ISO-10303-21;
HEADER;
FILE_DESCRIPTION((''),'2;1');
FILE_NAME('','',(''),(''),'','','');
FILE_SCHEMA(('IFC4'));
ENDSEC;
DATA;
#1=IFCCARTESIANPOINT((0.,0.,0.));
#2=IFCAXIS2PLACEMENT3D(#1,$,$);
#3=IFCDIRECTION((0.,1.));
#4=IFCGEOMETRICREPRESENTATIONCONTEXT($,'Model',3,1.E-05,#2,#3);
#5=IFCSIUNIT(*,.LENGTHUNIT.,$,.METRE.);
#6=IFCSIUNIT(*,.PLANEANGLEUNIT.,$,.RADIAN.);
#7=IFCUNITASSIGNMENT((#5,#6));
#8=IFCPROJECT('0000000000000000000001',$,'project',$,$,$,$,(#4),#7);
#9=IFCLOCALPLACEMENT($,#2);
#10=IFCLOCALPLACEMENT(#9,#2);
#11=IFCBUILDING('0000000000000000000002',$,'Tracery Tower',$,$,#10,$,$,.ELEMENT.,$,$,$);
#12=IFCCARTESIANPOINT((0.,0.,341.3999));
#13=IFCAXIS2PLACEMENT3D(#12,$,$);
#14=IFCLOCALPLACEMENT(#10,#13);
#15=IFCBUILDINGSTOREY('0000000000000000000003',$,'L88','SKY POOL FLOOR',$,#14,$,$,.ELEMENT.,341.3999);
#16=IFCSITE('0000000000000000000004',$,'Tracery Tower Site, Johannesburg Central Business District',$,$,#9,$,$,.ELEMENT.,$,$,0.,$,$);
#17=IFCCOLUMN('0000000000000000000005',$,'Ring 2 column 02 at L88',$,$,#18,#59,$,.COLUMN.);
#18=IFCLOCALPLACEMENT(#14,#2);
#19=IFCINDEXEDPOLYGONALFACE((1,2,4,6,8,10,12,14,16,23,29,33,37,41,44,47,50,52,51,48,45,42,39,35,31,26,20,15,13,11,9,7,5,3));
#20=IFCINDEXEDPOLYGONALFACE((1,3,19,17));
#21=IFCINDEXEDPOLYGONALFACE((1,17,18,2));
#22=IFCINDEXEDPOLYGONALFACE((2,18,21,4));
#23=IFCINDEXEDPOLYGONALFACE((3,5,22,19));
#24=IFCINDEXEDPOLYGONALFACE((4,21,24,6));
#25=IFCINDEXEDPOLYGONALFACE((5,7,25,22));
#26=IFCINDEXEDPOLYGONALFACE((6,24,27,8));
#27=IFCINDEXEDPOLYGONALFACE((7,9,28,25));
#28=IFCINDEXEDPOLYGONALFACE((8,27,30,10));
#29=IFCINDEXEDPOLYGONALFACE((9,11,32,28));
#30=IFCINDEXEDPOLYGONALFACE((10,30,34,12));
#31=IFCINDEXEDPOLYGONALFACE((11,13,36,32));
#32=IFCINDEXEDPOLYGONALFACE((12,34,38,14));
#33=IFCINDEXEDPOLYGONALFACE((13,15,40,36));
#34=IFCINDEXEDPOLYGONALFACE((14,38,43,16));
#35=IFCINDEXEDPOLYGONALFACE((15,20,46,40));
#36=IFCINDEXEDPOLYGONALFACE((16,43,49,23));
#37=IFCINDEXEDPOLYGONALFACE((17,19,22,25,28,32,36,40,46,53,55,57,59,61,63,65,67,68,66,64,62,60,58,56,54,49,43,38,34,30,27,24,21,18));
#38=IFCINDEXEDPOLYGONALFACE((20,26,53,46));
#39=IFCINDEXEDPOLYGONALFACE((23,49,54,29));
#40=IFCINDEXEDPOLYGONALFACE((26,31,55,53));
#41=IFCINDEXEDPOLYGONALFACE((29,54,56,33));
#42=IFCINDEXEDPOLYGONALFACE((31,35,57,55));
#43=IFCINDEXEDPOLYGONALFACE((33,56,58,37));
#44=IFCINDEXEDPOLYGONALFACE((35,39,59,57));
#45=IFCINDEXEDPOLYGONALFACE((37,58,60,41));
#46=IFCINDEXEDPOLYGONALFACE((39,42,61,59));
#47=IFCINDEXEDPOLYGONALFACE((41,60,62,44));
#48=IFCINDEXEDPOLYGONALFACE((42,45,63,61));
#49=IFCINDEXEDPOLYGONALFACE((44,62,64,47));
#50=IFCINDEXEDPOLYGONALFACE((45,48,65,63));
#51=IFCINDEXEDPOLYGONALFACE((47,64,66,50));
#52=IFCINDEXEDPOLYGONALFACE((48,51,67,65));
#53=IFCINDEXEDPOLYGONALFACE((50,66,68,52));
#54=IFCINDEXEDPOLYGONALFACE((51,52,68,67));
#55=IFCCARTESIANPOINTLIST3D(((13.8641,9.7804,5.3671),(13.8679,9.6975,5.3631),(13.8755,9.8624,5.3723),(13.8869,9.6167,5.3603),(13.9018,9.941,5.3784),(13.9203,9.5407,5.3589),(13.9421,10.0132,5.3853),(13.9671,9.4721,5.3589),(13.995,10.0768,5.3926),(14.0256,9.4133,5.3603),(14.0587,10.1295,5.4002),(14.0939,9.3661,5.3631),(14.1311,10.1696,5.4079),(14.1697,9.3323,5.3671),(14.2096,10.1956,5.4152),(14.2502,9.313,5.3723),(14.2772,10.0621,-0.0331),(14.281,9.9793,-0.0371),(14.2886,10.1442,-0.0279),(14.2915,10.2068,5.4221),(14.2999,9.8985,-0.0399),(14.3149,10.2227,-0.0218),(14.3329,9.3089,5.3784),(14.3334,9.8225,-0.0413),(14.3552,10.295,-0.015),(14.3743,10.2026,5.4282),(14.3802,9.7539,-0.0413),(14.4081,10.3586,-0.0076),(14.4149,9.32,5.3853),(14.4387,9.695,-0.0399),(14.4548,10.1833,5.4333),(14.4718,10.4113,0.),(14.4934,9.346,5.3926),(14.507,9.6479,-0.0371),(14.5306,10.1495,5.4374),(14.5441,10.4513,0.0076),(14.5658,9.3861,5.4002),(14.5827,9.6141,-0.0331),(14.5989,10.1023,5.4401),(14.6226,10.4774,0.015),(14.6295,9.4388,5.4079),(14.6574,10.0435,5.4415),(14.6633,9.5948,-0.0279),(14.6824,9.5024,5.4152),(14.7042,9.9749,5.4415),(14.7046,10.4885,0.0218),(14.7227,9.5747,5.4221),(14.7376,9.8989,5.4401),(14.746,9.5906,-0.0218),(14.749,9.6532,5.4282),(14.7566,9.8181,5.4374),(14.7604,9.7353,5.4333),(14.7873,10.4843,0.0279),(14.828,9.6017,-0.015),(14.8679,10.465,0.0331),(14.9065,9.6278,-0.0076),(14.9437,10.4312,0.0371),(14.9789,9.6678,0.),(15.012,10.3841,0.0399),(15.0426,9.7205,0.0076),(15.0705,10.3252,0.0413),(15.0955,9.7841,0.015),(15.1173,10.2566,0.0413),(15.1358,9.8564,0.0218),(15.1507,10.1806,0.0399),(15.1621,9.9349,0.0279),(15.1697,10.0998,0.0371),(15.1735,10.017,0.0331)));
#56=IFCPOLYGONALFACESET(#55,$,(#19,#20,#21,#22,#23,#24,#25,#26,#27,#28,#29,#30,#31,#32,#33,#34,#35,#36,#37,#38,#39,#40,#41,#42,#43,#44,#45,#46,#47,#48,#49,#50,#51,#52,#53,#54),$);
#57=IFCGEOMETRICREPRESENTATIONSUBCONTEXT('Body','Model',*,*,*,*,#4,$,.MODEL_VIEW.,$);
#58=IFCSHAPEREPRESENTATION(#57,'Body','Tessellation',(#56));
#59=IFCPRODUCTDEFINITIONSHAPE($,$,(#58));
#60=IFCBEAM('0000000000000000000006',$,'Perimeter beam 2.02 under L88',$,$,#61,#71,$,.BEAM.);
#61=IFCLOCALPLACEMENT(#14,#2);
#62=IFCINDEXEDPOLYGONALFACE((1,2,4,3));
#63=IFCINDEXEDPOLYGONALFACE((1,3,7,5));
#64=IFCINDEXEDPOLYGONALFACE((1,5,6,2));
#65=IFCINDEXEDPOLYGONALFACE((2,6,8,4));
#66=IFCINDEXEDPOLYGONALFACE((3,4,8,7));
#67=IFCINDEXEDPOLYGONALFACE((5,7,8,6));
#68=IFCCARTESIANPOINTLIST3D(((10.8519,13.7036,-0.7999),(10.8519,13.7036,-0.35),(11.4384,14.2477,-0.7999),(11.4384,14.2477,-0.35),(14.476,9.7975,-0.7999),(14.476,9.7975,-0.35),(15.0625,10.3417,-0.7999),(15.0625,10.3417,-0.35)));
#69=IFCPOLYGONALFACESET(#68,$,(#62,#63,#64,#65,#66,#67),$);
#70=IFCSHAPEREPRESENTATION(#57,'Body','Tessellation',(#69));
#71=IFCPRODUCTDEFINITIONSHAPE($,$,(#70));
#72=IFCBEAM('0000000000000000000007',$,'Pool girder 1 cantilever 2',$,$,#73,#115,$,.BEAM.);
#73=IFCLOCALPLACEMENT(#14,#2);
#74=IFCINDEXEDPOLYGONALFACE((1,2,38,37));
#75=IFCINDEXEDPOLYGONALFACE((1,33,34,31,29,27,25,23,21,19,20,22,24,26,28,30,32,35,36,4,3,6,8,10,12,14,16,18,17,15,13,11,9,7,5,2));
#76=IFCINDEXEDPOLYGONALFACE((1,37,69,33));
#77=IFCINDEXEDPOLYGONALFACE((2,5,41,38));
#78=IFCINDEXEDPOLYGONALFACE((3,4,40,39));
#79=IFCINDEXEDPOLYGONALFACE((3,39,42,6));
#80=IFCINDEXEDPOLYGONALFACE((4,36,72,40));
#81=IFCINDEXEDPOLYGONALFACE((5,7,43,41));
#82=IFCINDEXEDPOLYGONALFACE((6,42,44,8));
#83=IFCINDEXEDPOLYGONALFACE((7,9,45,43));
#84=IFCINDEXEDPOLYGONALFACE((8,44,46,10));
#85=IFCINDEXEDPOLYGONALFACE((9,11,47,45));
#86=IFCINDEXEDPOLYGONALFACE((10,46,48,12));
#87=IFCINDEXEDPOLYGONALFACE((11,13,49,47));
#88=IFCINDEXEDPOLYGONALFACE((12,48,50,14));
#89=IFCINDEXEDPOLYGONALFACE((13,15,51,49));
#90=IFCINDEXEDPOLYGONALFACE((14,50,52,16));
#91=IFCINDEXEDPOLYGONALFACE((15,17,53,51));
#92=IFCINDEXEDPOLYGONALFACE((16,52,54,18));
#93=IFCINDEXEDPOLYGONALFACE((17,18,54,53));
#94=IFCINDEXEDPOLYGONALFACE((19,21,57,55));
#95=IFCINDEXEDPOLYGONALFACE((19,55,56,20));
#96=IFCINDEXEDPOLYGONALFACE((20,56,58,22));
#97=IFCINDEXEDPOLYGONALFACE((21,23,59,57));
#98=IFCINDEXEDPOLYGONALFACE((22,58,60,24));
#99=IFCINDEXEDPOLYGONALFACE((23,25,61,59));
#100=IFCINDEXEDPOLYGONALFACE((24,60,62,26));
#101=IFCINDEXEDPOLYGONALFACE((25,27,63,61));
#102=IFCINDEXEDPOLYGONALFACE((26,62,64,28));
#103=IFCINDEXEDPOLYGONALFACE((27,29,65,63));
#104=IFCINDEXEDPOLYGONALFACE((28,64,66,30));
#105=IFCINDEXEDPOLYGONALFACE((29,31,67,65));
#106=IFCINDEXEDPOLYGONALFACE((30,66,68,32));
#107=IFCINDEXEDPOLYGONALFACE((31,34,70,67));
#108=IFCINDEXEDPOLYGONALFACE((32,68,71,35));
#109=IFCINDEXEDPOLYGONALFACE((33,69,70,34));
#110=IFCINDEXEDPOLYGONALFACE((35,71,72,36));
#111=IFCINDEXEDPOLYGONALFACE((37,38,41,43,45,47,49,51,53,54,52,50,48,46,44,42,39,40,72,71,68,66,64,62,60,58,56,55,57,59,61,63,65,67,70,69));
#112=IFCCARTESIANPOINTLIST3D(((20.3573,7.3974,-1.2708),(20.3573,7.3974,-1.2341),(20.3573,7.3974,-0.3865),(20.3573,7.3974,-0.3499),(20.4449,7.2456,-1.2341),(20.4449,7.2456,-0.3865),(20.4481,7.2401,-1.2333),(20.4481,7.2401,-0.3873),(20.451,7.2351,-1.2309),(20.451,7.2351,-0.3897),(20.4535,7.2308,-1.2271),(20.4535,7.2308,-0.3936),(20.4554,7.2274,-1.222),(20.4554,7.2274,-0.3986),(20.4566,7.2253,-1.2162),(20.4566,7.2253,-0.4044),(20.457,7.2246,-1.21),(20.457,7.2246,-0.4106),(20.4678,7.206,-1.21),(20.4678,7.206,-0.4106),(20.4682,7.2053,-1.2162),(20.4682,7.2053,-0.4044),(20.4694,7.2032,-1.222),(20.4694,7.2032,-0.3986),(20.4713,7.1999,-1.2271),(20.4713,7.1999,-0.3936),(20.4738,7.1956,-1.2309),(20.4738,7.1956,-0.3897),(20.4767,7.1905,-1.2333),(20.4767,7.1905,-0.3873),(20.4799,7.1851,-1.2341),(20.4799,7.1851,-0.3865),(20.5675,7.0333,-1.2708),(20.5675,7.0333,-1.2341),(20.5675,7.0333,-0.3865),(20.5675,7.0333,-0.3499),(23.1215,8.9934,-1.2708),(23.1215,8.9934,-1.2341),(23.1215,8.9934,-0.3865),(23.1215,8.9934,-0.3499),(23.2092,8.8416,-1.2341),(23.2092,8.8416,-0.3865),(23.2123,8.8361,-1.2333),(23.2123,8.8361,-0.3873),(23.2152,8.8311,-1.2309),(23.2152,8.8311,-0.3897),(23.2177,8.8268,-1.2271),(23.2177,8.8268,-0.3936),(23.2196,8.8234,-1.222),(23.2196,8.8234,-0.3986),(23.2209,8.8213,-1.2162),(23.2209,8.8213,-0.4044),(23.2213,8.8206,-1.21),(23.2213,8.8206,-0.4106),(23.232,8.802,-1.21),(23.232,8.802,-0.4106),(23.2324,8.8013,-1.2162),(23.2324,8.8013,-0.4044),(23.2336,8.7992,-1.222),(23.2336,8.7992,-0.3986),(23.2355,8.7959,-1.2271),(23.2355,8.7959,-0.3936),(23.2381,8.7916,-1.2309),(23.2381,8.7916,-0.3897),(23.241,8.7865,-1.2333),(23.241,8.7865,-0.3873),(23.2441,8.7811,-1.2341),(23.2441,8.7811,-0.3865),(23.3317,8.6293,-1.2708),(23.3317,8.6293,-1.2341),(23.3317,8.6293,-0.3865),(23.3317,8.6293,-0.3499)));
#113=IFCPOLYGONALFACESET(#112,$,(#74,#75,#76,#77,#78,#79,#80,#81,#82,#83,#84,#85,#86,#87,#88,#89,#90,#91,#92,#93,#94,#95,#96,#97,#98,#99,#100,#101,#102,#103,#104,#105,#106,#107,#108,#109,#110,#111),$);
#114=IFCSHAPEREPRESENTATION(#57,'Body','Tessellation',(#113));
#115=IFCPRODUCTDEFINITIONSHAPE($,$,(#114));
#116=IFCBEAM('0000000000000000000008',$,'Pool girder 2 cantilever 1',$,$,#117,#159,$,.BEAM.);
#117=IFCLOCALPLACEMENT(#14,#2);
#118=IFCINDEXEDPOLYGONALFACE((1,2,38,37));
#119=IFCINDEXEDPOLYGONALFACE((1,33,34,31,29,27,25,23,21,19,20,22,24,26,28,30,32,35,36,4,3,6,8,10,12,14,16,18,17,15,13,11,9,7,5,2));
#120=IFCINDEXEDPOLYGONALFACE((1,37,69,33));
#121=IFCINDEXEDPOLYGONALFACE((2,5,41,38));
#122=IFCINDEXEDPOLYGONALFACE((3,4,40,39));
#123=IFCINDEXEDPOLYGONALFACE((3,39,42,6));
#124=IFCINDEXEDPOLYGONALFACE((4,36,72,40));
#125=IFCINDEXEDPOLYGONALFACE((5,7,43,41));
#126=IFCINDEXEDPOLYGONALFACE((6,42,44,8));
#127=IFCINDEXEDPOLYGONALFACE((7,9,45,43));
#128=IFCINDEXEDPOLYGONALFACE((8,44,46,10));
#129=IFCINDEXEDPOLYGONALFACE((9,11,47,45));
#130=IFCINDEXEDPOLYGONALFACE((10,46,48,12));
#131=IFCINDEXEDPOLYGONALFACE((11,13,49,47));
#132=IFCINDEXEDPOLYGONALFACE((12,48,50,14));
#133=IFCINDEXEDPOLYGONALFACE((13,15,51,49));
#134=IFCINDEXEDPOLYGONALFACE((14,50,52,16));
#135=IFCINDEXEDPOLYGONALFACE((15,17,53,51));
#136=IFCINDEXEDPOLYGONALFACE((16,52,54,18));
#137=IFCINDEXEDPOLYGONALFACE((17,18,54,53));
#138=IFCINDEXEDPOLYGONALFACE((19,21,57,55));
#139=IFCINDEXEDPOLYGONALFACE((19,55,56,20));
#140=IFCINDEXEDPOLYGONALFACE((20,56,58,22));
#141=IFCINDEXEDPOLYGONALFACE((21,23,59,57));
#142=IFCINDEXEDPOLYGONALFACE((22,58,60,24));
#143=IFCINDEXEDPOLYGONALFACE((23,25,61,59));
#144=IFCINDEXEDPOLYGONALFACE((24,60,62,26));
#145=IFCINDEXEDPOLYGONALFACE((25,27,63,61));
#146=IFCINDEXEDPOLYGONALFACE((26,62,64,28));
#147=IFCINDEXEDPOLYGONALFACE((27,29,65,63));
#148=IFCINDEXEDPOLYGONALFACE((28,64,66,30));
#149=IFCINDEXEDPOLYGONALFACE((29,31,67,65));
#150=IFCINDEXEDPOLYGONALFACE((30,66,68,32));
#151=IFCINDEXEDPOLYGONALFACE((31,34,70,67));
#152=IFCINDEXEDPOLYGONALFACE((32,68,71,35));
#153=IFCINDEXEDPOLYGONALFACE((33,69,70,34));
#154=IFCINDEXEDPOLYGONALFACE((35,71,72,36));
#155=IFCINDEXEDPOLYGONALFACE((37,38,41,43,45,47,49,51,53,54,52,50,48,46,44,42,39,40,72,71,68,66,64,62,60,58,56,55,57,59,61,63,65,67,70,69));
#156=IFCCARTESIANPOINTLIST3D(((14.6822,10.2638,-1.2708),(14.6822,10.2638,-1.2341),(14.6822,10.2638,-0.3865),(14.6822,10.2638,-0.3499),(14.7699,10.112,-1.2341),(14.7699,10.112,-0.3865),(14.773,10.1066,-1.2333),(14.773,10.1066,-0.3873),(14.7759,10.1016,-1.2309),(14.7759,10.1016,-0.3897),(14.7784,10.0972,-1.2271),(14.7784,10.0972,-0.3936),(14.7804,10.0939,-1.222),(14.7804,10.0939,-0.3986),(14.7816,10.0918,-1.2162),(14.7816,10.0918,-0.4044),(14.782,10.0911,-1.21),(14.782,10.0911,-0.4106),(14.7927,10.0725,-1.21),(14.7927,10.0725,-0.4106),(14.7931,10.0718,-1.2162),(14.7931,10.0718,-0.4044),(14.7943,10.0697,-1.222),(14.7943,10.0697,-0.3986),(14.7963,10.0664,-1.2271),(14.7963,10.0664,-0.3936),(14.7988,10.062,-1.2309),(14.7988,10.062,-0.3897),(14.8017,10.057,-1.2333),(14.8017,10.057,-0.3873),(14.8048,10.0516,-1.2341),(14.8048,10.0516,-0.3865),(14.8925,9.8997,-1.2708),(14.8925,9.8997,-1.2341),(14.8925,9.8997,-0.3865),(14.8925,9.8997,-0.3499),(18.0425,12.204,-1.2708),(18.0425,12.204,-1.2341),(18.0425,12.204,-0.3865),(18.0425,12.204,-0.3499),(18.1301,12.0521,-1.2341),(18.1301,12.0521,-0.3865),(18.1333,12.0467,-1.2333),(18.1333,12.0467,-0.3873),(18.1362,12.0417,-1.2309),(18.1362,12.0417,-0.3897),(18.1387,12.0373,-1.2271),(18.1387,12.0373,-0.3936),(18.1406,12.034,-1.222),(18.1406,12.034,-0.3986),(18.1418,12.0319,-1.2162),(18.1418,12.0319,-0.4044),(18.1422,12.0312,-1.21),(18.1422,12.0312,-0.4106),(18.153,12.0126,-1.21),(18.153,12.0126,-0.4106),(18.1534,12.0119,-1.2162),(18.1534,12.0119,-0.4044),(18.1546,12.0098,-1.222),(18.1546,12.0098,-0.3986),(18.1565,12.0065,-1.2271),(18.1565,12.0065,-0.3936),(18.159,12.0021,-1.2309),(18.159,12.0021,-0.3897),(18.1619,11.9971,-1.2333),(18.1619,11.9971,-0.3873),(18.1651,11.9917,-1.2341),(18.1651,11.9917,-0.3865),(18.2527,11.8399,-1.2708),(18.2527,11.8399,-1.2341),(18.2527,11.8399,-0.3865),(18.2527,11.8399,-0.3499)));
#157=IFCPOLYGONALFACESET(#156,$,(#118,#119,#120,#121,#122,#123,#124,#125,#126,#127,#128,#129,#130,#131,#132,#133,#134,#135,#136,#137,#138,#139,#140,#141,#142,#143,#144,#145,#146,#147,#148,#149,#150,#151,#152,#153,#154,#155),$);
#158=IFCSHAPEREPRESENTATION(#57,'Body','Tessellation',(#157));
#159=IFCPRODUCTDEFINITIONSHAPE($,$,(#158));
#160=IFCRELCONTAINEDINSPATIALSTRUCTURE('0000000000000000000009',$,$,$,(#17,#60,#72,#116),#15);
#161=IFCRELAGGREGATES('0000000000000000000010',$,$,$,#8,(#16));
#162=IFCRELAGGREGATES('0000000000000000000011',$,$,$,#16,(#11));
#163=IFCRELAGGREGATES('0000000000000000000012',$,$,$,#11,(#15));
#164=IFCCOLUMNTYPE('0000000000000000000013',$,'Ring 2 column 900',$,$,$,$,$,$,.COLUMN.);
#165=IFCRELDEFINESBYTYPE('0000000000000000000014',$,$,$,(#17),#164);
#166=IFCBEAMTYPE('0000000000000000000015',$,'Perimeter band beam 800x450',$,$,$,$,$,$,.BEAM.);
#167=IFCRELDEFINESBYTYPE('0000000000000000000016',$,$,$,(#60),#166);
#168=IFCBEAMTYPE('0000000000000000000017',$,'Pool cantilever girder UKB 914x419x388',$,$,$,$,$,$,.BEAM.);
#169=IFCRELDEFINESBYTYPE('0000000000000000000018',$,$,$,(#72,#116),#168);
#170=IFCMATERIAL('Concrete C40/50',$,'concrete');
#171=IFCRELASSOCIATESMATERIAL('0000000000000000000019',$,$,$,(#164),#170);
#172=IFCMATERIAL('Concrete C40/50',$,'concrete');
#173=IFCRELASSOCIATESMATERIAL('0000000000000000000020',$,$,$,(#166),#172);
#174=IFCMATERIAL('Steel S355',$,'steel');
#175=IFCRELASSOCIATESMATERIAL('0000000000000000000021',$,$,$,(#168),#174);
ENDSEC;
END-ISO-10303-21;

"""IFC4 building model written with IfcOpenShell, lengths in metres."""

from ifc_helpers import new_model, si_unit, direction, frame, origin, origin_2d, place, context, subcontext, project, spatial, rectangle, circle, i_section, extrude, material, material_profile, profile_set, type_object, element, save


model = new_model("IFC4")

# Units and contexts
model_context = context("Model", 3, precision=1e-05, world=origin(), true_north=direction((0.0, 1.0)))
body_context = subcontext(model_context, "Body", "Model", "MODEL_VIEW")
ifc_project = project(units=[si_unit("LENGTHUNIT", "METRE"), si_unit("PLANEANGLEUNIT", "RADIAN")], contexts=[model_context])

# Site, building, storey
site_placement = place(None, origin())
site = spatial("IfcSite", under=ifc_project, at=site_placement, Name="Tracery Tower Site, Johannesburg Central Business District", CompositionType="ELEMENT", RefElevation=0.0)
building_placement = place(site_placement, origin())
building = spatial("IfcBuilding", under=site, at=building_placement, Name="Tracery Tower", CompositionType="ELEMENT")
storey_placement = place(building_placement, frame((0.0, 0.0, 341.3999)))
storey = spatial("IfcBuildingStorey", under=building, at=storey_placement, Name="L88", Description="SKY POOL FLOOR", CompositionType="ELEMENT", Elevation=341.3999)

# Column
ifc_material_1 = material(Name="Concrete C40/50", Category="concrete")
ifc_material_profile_1 = material_profile(ifc_material_1, circle(Radius=0.45, at=origin_2d()), Name="RC D900")
ifc_profile_set_1 = profile_set([ifc_material_profile_1], Name="Concrete C40/50")
column_type = type_object("IfcColumnType", Name="Ring 2 column 900", PredefinedType="COLUMN", material=ifc_profile_set_1)
column_placement = place(storey_placement, frame((14.7253, 10.0396, 0.0), z_axis=(-0.076169, -0.05195, 0.995741), x_axis=(0.563458, -0.826145, 0.0)))
element("IfcColumn", 1, at=column_placement, inside=storey, type_object=column_type, Name="Ring 2 column 02 at L88", PredefinedType="COLUMN", context=body_context, shape_type="SweptSolid", body=[
    extrude(circle(Radius=0.45, at=origin_2d()), origin(), (0.0, 0.0, 1.0), 5.4233),
])

# Beams
ifc_material_2 = material(Name="Concrete C40/50", Category="concrete")
ifc_material_profile_2 = material_profile(ifc_material_2, rectangle(XDim=0.8, YDim=0.45, at=origin_2d()), Name="RC 800x450")
ifc_profile_set_2 = profile_set([ifc_material_profile_2], Name="Concrete C40/50")
beam_type_1 = type_object("IfcBeamType", Name="Perimeter band beam 800x450", PredefinedType="BEAM", material=ifc_profile_set_2)
beam_1_placement = place(storey_placement, frame((14.7693, 10.0696, -0.575), z_axis=(-0.680151, 0.733072, 0.0), x_axis=(-0.733072, -0.680151, 0.0)))
element("IfcBeam", 2, at=beam_1_placement, inside=storey, type_object=beam_type_1, Name="Perimeter beam 2.02 under L88", PredefinedType="BEAM", context=body_context, shape_type="SweptSolid", body=[
    extrude(rectangle(XDim=0.8, YDim=0.45, at=origin_2d()), origin(), (0.0, 0.0, 1.0), 5.3284),
])
ifc_material_3 = material(Name="Steel S355", Category="steel")
ifc_material_profile_3 = material_profile(ifc_material_3, i_section(OverallWidth=0.4204, OverallDepth=0.9209, WebThickness=0.0215, FlangeThickness=0.0366, FilletRadius=0.0242, at=origin_2d()), Name="UKB 914x419x388")
ifc_profile_set_3 = profile_set([ifc_material_profile_3], Name="Steel S355")
beam_type_2 = type_object("IfcBeamType", Name="Pool cantilever girder UKB 914x419x388", PredefinedType="BEAM", material=ifc_profile_set_3)
beam_2_placement = place(storey_placement, frame((20.4624, 7.2153, -0.8103), z_axis=(0.866017, 0.500014, 0.0), x_axis=(-0.500014, 0.866017, 0.0)))
element("IfcBeam", 3, at=beam_2_placement, inside=storey, type_object=beam_type_2, Name="Pool girder 1 cantilever 2", PredefinedType="BEAM", context=body_context, shape_type="SweptSolid", body=[
    extrude(i_section(OverallWidth=0.4204, OverallDepth=0.9209, WebThickness=0.0215, FlangeThickness=0.0366, FilletRadius=0.0242, at=origin_2d()), origin(), (0.0, 0.0, 1.0), 3.1919),
])
beam_3_placement = place(storey_placement, frame((14.7874, 10.0818, -0.8103), z_axis=(0.866016, 0.500017, 0.0), x_axis=(-0.500017, 0.866016, 0.0)))
element("IfcBeam", 4, at=beam_3_placement, inside=storey, type_object=beam_type_2, Name="Pool girder 2 cantilever 1", PredefinedType="BEAM", context=body_context, shape_type="SweptSolid", body=[
    extrude(i_section(OverallWidth=0.4204, OverallDepth=0.9209, WebThickness=0.0215, FlangeThickness=0.0366, FilletRadius=0.0242, at=origin_2d()), origin(), (0.0, 0.0, 1.0), 3.8801),
])

save(model, "model.ifc")
